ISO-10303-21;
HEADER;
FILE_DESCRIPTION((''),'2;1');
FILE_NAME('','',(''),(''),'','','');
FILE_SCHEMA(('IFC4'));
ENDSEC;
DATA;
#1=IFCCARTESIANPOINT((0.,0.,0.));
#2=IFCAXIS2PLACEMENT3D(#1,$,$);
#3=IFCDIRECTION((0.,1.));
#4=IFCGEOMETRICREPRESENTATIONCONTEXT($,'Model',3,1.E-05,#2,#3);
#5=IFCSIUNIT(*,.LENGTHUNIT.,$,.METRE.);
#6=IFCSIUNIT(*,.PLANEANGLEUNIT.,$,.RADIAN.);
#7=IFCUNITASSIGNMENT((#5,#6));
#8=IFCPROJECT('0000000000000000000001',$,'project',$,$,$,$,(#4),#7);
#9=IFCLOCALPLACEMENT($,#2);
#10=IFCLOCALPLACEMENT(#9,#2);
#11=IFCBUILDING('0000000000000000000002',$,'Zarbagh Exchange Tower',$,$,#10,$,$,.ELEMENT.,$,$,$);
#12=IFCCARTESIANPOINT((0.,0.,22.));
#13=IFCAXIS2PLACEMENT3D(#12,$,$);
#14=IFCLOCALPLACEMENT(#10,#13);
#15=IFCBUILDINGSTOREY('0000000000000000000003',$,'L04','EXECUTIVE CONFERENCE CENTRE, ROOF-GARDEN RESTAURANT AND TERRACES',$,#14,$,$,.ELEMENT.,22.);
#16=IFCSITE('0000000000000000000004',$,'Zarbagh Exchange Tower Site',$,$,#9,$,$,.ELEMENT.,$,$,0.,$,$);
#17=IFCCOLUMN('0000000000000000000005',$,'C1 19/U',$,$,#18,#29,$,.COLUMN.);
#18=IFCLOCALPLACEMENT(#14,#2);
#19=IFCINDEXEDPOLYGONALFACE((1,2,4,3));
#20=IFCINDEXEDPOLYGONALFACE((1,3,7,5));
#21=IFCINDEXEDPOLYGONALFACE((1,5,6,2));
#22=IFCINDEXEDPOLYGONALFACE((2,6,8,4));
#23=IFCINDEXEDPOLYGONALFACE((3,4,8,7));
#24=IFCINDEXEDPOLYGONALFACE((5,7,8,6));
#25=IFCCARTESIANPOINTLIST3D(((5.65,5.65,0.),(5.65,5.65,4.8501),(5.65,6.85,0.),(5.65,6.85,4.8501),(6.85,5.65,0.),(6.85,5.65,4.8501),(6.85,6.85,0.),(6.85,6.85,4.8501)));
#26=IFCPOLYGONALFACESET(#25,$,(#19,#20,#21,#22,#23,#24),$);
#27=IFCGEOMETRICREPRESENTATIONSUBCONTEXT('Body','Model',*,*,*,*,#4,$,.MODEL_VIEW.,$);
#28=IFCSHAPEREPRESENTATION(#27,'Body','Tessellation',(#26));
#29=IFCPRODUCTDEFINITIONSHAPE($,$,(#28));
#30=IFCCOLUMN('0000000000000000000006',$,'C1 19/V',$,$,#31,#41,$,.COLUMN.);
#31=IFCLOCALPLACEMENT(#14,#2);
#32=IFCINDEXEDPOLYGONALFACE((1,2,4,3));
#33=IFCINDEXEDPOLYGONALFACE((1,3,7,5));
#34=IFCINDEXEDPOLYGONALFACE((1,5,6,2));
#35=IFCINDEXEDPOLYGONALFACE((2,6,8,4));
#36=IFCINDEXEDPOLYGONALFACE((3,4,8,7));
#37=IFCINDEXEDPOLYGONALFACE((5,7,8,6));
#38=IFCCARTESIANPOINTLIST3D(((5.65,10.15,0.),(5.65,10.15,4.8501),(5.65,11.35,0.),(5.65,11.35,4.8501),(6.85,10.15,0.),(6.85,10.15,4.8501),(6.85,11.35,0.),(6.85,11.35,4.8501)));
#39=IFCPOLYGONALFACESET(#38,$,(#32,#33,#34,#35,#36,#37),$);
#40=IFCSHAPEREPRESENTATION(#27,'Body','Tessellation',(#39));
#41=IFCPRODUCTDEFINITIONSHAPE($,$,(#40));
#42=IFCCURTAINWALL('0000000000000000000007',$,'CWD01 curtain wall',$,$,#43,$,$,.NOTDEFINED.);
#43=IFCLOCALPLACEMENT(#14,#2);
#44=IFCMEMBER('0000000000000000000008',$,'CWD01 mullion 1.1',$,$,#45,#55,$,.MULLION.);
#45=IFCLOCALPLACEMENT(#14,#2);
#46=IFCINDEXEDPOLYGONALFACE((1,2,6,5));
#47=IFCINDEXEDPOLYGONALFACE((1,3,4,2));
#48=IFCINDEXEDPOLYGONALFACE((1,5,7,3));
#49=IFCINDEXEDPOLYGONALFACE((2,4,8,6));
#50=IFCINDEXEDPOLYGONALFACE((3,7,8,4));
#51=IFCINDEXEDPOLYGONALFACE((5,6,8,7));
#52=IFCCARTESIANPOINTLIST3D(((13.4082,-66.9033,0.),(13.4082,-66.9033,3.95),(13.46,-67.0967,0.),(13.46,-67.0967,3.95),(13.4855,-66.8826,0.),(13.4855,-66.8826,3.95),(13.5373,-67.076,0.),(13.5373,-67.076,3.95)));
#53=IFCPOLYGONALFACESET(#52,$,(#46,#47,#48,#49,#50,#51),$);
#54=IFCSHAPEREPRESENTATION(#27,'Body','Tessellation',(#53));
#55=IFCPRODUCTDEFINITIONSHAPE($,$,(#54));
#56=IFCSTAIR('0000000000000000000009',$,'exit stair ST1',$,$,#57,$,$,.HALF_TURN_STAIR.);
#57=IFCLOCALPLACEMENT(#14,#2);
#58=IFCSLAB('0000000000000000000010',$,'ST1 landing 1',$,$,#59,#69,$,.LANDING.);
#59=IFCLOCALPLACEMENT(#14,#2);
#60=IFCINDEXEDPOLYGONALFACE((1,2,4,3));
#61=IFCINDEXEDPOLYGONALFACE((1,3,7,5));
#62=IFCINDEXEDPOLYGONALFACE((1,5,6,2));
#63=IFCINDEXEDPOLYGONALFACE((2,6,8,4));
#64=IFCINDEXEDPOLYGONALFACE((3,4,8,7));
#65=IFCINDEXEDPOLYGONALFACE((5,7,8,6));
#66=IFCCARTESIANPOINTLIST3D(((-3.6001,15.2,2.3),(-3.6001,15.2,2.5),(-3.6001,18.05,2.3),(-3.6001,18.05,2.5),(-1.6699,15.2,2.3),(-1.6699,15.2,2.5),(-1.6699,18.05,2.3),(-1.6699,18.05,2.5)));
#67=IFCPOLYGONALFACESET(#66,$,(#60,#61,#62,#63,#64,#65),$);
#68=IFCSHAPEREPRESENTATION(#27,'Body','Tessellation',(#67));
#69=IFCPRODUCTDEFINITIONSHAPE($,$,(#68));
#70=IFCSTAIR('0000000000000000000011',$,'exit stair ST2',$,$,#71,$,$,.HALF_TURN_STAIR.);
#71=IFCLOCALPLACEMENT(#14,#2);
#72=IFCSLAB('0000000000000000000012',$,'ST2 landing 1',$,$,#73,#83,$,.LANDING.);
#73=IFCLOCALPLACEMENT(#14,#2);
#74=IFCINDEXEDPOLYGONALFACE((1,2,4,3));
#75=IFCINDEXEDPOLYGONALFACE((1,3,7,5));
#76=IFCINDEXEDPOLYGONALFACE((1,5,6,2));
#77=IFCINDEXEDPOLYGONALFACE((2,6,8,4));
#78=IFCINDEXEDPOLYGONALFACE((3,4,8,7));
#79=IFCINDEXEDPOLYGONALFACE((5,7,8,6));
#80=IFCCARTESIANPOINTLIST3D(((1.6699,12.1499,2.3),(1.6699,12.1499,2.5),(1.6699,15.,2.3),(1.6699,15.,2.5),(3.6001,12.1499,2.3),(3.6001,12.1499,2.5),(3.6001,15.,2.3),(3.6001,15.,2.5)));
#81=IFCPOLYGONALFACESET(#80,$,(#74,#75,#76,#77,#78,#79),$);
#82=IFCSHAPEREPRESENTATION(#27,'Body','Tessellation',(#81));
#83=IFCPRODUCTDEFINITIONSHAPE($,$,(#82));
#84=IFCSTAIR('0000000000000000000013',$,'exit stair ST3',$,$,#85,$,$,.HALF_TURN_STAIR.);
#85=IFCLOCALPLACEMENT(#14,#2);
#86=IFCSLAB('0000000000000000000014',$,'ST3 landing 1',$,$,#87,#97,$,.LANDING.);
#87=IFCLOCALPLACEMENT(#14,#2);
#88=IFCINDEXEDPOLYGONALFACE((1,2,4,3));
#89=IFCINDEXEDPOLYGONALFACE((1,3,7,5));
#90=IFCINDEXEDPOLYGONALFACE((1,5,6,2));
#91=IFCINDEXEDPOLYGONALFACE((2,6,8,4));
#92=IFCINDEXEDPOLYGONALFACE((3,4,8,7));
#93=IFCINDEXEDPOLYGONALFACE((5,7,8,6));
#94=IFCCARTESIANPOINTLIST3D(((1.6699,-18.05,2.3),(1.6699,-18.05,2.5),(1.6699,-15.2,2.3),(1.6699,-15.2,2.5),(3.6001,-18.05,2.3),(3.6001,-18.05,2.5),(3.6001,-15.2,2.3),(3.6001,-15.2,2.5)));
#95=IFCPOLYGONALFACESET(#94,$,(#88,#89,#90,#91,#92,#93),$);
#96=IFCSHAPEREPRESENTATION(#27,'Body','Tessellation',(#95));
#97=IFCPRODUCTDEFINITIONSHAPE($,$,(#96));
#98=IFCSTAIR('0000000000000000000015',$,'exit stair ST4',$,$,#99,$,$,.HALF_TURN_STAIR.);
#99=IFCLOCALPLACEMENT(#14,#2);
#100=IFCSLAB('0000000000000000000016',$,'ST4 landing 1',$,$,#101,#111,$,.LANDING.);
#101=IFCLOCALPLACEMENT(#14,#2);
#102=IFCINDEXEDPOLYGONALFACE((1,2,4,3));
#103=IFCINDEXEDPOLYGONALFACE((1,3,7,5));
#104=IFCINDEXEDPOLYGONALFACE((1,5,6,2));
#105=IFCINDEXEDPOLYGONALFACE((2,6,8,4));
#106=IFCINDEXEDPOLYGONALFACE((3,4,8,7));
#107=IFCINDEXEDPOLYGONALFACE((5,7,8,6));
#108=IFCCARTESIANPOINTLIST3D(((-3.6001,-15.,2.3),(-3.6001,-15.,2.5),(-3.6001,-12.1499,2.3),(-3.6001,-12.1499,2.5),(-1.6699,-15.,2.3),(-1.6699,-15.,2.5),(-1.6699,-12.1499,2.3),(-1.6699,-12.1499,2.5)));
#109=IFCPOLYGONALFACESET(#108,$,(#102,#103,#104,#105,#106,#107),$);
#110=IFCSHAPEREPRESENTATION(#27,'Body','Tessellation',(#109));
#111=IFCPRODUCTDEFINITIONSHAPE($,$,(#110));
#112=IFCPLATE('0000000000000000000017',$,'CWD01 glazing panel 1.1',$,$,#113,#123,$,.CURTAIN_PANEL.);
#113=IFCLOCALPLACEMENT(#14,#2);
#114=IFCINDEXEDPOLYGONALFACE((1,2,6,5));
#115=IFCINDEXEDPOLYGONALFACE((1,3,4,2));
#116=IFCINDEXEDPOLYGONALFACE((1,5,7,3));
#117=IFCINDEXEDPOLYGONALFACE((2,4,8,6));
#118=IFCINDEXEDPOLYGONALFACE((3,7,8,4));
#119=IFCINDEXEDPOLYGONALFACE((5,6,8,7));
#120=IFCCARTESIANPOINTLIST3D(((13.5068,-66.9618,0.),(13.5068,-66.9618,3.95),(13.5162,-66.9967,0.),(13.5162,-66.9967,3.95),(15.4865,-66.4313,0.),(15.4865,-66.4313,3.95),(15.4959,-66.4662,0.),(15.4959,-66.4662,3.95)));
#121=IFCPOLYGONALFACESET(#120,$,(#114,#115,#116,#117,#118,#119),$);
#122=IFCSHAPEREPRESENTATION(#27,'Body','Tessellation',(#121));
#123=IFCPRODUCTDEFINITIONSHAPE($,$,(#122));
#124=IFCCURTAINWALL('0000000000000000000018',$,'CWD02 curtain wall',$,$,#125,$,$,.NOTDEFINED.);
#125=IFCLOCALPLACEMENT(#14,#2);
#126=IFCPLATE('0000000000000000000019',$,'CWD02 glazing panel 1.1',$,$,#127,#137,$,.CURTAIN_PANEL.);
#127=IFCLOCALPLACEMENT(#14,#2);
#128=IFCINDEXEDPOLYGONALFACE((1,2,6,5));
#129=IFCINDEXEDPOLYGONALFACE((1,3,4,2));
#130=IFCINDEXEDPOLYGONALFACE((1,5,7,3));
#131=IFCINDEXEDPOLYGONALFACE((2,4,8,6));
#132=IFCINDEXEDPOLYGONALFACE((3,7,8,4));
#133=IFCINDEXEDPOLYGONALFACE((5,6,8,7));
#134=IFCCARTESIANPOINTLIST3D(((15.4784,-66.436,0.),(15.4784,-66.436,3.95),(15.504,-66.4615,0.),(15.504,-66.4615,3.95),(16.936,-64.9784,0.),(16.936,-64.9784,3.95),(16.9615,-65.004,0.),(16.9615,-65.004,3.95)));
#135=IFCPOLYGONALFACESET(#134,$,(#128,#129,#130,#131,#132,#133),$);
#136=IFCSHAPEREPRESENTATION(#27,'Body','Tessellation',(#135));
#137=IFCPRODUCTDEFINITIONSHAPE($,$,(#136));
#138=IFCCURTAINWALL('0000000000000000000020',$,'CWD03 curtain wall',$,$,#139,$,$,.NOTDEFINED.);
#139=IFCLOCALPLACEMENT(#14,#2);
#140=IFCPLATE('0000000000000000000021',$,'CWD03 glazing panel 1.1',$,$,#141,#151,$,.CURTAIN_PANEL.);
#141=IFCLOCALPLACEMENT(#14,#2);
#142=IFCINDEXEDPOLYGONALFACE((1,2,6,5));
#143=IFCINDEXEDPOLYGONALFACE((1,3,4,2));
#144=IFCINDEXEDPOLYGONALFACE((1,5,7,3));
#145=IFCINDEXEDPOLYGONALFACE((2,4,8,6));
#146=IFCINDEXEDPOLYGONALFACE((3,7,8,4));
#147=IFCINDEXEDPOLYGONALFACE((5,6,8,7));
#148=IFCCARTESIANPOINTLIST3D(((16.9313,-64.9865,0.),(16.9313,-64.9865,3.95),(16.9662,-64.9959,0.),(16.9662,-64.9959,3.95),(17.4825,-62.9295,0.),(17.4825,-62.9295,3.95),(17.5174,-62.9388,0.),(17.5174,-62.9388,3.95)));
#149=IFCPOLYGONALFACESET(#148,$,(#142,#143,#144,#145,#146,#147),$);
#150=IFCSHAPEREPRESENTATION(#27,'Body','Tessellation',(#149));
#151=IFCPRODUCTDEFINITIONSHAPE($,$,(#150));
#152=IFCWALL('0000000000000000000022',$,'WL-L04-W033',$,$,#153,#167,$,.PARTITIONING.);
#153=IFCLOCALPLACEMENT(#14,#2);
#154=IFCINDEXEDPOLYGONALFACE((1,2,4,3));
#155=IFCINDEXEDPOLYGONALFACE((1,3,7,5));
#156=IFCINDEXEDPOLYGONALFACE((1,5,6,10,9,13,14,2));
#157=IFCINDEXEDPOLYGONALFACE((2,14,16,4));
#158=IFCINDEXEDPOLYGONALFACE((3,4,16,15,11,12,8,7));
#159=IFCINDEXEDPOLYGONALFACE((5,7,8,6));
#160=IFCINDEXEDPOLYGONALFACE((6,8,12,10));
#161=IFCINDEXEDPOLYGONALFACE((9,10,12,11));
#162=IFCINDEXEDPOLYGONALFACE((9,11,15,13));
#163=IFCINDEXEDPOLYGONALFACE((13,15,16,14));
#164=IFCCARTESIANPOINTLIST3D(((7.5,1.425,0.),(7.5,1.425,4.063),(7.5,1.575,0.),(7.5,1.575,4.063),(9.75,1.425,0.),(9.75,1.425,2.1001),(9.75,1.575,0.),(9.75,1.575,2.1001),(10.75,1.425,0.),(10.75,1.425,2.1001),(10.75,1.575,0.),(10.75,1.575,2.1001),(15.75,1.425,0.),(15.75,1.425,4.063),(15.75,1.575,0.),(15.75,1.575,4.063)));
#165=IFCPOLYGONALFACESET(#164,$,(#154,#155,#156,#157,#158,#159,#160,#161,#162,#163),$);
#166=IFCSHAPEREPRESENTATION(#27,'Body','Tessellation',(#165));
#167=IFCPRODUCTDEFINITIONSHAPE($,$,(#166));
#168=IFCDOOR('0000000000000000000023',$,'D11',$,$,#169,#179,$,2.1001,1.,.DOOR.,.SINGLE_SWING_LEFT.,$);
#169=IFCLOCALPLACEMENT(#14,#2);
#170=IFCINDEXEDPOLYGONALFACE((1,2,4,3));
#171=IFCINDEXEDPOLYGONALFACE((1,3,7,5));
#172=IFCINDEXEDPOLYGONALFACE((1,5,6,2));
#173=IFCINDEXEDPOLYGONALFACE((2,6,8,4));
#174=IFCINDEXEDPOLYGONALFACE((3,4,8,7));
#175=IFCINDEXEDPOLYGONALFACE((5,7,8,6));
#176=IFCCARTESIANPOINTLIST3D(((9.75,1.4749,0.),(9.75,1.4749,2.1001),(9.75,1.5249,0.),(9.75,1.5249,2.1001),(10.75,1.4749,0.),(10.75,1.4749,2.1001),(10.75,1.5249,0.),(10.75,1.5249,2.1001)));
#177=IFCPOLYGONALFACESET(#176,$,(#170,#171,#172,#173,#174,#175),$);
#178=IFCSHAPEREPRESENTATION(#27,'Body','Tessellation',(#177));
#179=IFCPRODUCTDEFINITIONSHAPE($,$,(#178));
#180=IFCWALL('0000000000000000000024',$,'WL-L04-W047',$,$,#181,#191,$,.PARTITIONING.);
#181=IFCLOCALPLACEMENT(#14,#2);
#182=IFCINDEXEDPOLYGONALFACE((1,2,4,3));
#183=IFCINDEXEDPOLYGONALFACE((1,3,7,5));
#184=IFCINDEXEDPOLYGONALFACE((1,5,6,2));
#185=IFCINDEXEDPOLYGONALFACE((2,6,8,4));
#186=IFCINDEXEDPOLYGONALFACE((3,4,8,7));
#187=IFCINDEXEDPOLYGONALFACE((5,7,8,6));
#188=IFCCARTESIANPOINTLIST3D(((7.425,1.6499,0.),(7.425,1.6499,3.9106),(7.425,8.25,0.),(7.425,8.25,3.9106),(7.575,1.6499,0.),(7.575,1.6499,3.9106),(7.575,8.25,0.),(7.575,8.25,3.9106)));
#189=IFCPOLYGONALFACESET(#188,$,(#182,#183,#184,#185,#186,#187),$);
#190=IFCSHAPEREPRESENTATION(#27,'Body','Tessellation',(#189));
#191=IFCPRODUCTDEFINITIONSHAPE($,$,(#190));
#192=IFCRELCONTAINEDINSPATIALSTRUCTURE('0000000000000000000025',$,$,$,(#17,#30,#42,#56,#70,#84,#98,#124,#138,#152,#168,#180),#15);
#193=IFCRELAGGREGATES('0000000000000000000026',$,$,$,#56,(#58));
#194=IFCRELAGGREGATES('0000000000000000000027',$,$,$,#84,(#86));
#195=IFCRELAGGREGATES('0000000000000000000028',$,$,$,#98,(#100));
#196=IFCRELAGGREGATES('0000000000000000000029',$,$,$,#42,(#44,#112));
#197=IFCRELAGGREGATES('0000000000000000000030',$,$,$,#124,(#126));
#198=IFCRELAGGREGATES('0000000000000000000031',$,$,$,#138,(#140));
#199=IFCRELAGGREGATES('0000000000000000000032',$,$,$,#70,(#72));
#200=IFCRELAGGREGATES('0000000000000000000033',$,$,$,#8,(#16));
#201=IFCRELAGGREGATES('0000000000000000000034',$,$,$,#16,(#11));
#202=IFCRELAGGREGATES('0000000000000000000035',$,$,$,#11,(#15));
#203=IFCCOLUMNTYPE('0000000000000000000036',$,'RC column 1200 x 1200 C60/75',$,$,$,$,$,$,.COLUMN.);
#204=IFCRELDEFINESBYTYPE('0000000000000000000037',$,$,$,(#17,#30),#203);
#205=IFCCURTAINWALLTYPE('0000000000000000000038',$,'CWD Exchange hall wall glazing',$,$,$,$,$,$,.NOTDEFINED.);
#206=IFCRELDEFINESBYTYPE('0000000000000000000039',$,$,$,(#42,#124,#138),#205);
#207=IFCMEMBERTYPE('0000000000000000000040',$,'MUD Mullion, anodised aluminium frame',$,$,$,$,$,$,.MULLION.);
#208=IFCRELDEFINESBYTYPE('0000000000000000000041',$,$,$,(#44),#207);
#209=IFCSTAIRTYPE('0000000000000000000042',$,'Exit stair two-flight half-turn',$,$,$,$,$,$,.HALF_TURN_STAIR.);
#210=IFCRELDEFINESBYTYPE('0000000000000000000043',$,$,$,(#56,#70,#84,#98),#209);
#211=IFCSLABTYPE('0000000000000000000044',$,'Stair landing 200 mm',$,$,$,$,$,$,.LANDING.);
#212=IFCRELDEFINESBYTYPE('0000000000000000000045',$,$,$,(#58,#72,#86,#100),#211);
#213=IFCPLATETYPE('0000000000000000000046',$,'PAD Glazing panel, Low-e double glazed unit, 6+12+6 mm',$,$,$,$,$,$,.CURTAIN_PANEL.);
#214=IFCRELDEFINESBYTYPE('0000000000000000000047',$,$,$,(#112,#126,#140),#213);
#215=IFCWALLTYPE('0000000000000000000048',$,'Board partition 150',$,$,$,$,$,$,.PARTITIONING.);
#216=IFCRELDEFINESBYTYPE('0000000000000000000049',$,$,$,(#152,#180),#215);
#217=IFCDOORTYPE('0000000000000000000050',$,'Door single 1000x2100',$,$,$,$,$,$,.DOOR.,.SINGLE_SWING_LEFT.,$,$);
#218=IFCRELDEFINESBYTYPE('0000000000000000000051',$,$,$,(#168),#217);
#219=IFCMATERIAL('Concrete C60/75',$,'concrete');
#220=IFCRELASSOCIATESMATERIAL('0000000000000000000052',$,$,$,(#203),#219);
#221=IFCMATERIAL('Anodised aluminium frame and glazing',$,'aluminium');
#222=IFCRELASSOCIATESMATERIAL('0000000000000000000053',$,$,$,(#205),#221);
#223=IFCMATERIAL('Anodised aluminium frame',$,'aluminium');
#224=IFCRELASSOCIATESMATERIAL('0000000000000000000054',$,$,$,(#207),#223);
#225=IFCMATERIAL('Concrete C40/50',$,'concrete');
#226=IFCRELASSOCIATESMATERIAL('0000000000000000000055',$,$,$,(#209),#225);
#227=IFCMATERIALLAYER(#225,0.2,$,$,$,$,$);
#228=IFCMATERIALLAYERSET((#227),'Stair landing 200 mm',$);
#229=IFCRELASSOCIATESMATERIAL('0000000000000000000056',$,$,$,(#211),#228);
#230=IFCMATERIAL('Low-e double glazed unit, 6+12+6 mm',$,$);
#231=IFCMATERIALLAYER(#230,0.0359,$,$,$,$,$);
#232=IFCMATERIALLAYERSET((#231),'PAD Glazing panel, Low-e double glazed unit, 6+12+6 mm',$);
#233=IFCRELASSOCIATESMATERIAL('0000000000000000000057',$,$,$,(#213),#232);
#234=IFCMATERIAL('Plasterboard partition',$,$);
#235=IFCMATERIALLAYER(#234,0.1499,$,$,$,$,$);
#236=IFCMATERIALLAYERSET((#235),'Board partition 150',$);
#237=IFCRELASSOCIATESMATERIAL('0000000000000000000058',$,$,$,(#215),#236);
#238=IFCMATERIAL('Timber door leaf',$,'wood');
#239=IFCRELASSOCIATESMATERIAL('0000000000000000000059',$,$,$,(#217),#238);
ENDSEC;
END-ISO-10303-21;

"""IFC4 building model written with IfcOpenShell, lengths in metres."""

from ifc_helpers import new_model, si_unit, direction, frame, frame_2d, origin, origin_2d, place, context, subcontext, project, spatial, polyline, rectangle, outline, extrude, source, transform, mapped, material, layer, layer_set, material_profile, profile_set, type_object, element, fill, aggregate, save


model = new_model("IFC4")

# Units and contexts
model_context = context("Model", 3, precision=1e-05, world=origin(), true_north=direction((0.0, 1.0)))
body_context = subcontext(model_context, "Body", "Model", "MODEL_VIEW")
ifc_project = project(units=[si_unit("LENGTHUNIT", "METRE"), si_unit("PLANEANGLEUNIT", "RADIAN")], contexts=[model_context])

# Site, building, storey
site_placement = place(None, origin())
site = spatial("IfcSite", under=ifc_project, at=site_placement, Name="Zarbagh Exchange Tower Site", CompositionType="ELEMENT", RefElevation=0.0)
building_placement = place(site_placement, origin())
building = spatial("IfcBuilding", under=site, at=building_placement, Name="Zarbagh Exchange Tower", CompositionType="ELEMENT")
storey_placement = place(building_placement, frame((0.0, 0.0, 22.0)))
storey = spatial("IfcBuildingStorey", under=building, at=storey_placement, Name="L04", Description="EXECUTIVE CONFERENCE CENTRE, ROOF-GARDEN RESTAURANT AND TERRACES", CompositionType="ELEMENT", Elevation=22.0)

# Columns
ifc_material_1 = material(Name="Concrete C60/75", Category="concrete")
ifc_material_profile = material_profile(ifc_material_1, rectangle(XDim=1.2, YDim=1.2, at=origin_2d()), Name="RC column 1200 x 1200 C60/75")
ifc_profile_set = profile_set([ifc_material_profile], Name="Concrete C60/75")
column_type = type_object("IfcColumnType", Name="RC column 1200 x 1200 C60/75", PredefinedType="COLUMN", material=ifc_profile_set)
for number, where, z_axis, x_axis, name in (
    (1, (6.25, 6.25, 0.0), (0.0, 0.0, 1.0), (1.0, 0.0, 0.0), "C1 19/U"),
    (2, (6.25, 10.75, 0.0), (0.0, 0.0, 1.0), (1.0, 0.0, 0.0), "C1 19/V"),
):
    element("IfcColumn", number, at=place(storey_placement, frame(where, z_axis=z_axis, x_axis=x_axis)), inside=storey, type_object=column_type, Name=name, PredefinedType="COLUMN", context=body_context, shape_type="SweptSolid", body=[
        extrude(rectangle(XDim=1.2, YDim=1.2, at=origin_2d()), origin(), (0.0, 0.0, 1.0), 4.8501),
    ])

# Curtain wall, member
ifc_material_2 = material(Name="Anodised aluminium frame and glazing", Category="aluminium")
curtain_wall_type = type_object("IfcCurtainWallType", Name="CWD Exchange hall wall glazing", PredefinedType="NOTDEFINED", material=ifc_material_2)
curtain_wall_1_placement = place(storey_placement, origin())
curtain_wall_1 = element("IfcCurtainWall", 3, at=curtain_wall_1_placement, inside=storey, type_object=curtain_wall_type, Name="CWD01 curtain wall", PredefinedType="NOTDEFINED")
ifc_material_3 = material(Name="Anodised aluminium frame", Category="aluminium")
member_type = type_object("IfcMemberType", Name="MUD Mullion, anodised aluminium frame", PredefinedType="MULLION", material=ifc_material_3)
shared_shape_1 = source(origin(), body_context, "Body", "SweptSolid", [
    extrude(outline(polyline([(0.0, -0.1001), (0.0801, -0.1001), (0.0801, 0.1001), (0.0, 0.1001), (0.0, -0.1001)])), origin(), (0.0, 0.0, 1.0), 3.95),
])
placement = place(storey_placement, origin())
member = element("IfcMember", 4, at=placement, type_object=member_type, Name="CWD01 mullion 1.1", PredefinedType="MULLION", context=body_context, shape_type="MappedRepresentation", body=[
    mapped(shared_shape_1, transform((13.4341, -67.0, 0.0), x_axis=(0.965924, 0.258825, 0.0), y_axis=(-0.258825, 0.965924, 0.0), z_axis=(0.0, 0.0, 1.0))),
])

# Stairs, slabs
ifc_material_4 = material(Name="Concrete C40/50", Category="concrete")
stair_type = type_object("IfcStairType", Name="Exit stair two-flight half-turn", PredefinedType="HALF_TURN_STAIR", material=ifc_material_4)
stair_1_placement = place(storey_placement, origin())
stair_1 = element("IfcStair", 5, at=stair_1_placement, inside=storey, type_object=stair_type, Name="exit stair ST1", PredefinedType="HALF_TURN_STAIR")
ifc_layer_1 = layer(ifc_material_4, 0.2)
ifc_layer_set_1 = layer_set([ifc_layer_1], Name="Stair landing 200 mm")
slab_type = type_object("IfcSlabType", Name="Stair landing 200 mm", PredefinedType="LANDING", material=ifc_layer_set_1)
slab_1_placement = place(storey_placement, frame((0.0, 0.0, 2.3)))
slab_1 = element("IfcSlab", 6, at=slab_1_placement, type_object=slab_type, Name="ST1 landing 1", PredefinedType="LANDING", context=body_context, shape_type="SweptSolid", body=[
    extrude(outline(polyline([(-1.6699, 18.05), (-3.6001, 18.05), (-3.6001, 15.2), (-1.6699, 15.2), (-1.6699, 18.05)])), origin(), (0.0, 0.0, 1.0), 0.2),
])
aggregate(stair_1, [slab_1])
stair_2_placement = place(storey_placement, origin())
stair_2 = element("IfcStair", 7, at=stair_2_placement, inside=storey, type_object=stair_type, Name="exit stair ST2", PredefinedType="HALF_TURN_STAIR")
slab_2_placement = place(storey_placement, frame((0.0, 0.0, 2.3)))
slab_2 = element("IfcSlab", 8, at=slab_2_placement, type_object=slab_type, Name="ST2 landing 1", PredefinedType="LANDING", context=body_context, shape_type="SweptSolid", body=[
    extrude(outline(polyline([(1.6699, 12.1499), (3.6001, 12.1499), (3.6001, 15.0), (1.6699, 15.0), (1.6699, 12.1499)])), origin(), (0.0, 0.0, 1.0), 0.2),
])
stair_3_placement = place(storey_placement, origin())
stair_3 = element("IfcStair", 9, at=stair_3_placement, inside=storey, type_object=stair_type, Name="exit stair ST3", PredefinedType="HALF_TURN_STAIR")
slab_3_placement = place(storey_placement, frame((0.0, 0.0, 2.3)))
slab_3 = element("IfcSlab", 10, at=slab_3_placement, type_object=slab_type, Name="ST3 landing 1", PredefinedType="LANDING", context=body_context, shape_type="SweptSolid", body=[
    extrude(outline(polyline([(1.6699, -18.05), (3.6001, -18.05), (3.6001, -15.2), (1.6699, -15.2), (1.6699, -18.05)])), origin(), (0.0, 0.0, 1.0), 0.2),
])
aggregate(stair_3, [slab_3])
stair_4_placement = place(storey_placement, origin())
stair_4 = element("IfcStair", 11, at=stair_4_placement, inside=storey, type_object=stair_type, Name="exit stair ST4", PredefinedType="HALF_TURN_STAIR")
slab_4_placement = place(storey_placement, frame((0.0, 0.0, 2.3)))
slab_4 = element("IfcSlab", 12, at=slab_4_placement, type_object=slab_type, Name="ST4 landing 1", PredefinedType="LANDING", context=body_context, shape_type="SweptSolid", body=[
    extrude(outline(polyline([(-1.6699, -12.1499), (-3.6001, -12.1499), (-3.6001, -15.0), (-1.6699, -15.0), (-1.6699, -12.1499)])), origin(), (0.0, 0.0, 1.0), 0.2),
])
aggregate(stair_4, [slab_4])

# Plate
ifc_material_5 = material(Name="Low-e double glazed unit, 6+12+6 mm")
ifc_layer_2 = layer(ifc_material_5, 0.0359)
ifc_layer_set_2 = layer_set([ifc_layer_2], Name="PAD Glazing panel, Low-e double glazed unit, 6+12+6 mm")
plate_type = type_object("IfcPlateType", Name="PAD Glazing panel, Low-e double glazed unit, 6+12+6 mm", PredefinedType="CURTAIN_PANEL", material=ifc_layer_set_2)
shared_shape_2 = source(origin(), body_context, "Body", "SweptSolid", [
    extrude(outline(polyline([(0.0, -0.0181), (2.0496, -0.0181), (2.0496, 0.0181), (0.0, 0.0181), (0.0, -0.0181)])), origin(), (0.0, 0.0, 1.0), 3.95),
])
plate_1 = element("IfcPlate", 13, at=placement, type_object=plate_type, Name="CWD01 glazing panel 1.1", PredefinedType="CURTAIN_PANEL", context=body_context, shape_type="MappedRepresentation", body=[
    mapped(shared_shape_2, transform((13.5115, -66.9792, 0.0), x_axis=(0.965924, 0.258825, 0.0), y_axis=(-0.258825, 0.965924, 0.0), z_axis=(0.0, 0.0, 1.0))),
])
aggregate(curtain_wall_1, [member, plate_1])

# Curtain walls, plates
curtain_wall_2_placement = place(storey_placement, origin())
curtain_wall_2 = element("IfcCurtainWall", 14, at=curtain_wall_2_placement, inside=storey, type_object=curtain_wall_type, Name="CWD02 curtain wall", PredefinedType="NOTDEFINED")
shared_shape_3 = source(origin(), body_context, "Body", "SweptSolid", [
    extrude(outline(polyline([(0.0, -0.0181), (2.0613, -0.0181), (2.0613, 0.0181), (0.0, 0.0181), (0.0, -0.0181)])), origin(), (0.0, 0.0, 1.0), 3.95),
])
plate_2 = element("IfcPlate", 15, at=placement, type_object=plate_type, Name="CWD02 glazing panel 1.1", PredefinedType="CURTAIN_PANEL", context=body_context, shape_type="MappedRepresentation", body=[
    mapped(shared_shape_3, transform((15.4912, -66.4487, 0.0), x_axis=(0.707107, 0.707107, 0.0), y_axis=(-0.707107, 0.707107, 0.0), z_axis=(0.0, 0.0, 1.0))),
])
aggregate(curtain_wall_2, [plate_2])
curtain_wall_3_placement = place(storey_placement, origin())
curtain_wall_3 = element("IfcCurtainWall", 16, at=curtain_wall_3_placement, inside=storey, type_object=curtain_wall_type, Name="CWD03 curtain wall", PredefinedType="NOTDEFINED")
shared_shape_4 = source(origin(), body_context, "Body", "SweptSolid", [
    extrude(outline(polyline([(0.0, -0.0181), (2.1296, -0.0181), (2.1296, 0.0181), (0.0, 0.0181), (0.0, -0.0181)])), origin(), (0.0, 0.0, 1.0), 3.95),
])
plate_3 = element("IfcPlate", 17, at=placement, type_object=plate_type, Name="CWD03 glazing panel 1.1", PredefinedType="CURTAIN_PANEL", context=body_context, shape_type="MappedRepresentation", body=[
    mapped(shared_shape_4, transform((16.9487, -64.9912, 0.0), x_axis=(0.258825, 0.965924, 0.0), y_axis=(-0.965924, 0.258825, 0.0), z_axis=(0.0, 0.0, 1.0))),
])
aggregate(curtain_wall_3, [plate_3])

# Wall, opening, door
ifc_material_6 = material(Name="Plasterboard partition")
ifc_layer_3 = layer(ifc_material_6, 0.1499)
ifc_layer_set_3 = layer_set([ifc_layer_3], Name="Board partition 150")
wall_type_1 = type_object("IfcWallType", Name="Board partition 150", PredefinedType="PARTITIONING", material=ifc_layer_set_3)
wall_1_placement = place(storey_placement, frame((7.5, 1.5, 0.0), z_axis=(0.0, 0.0, 1.0), x_axis=(1.0, 0.0, 0.0)))
wall_1 = element("IfcWall", 18, at=wall_1_placement, inside=storey, type_object=wall_type_1, Name="WL-L04-W033", PredefinedType="PARTITIONING", context=body_context, shape_type="SweptSolid", body=[
    extrude(rectangle(XDim=8.25, YDim=0.1499, at=frame_2d((4.125, 0.0))), origin(), (0.0, 0.0, 1.0), 4.063),
])
opening_1_placement = place(wall_1_placement, frame((2.25, 0.0, 0.0)))
opening_1 = element("IfcOpeningElement", 19, at=opening_1_placement, cuts=wall_1, PredefinedType="OPENING", context=body_context, shape_type="SweptSolid", body=[
    extrude(rectangle(XDim=1.0, YDim=2.1001, at=frame_2d((0.5, 1.05))), frame((0.0, 0.085, 0.0), z_axis=(0.0, -1.0, 0.0), x_axis=(1.0, 0.0, 0.0)), (0.0, 0.0, 1.0), 0.1699),
])
ifc_material_7 = material(Name="Timber door leaf", Category="wood")
door_type_1 = type_object("IfcDoorType", Name="Door single 1000x2100", OperationType="SINGLE_SWING_LEFT", PredefinedType="DOOR", material=ifc_material_7)
door_1_placement = place(opening_1_placement, origin())
door_1 = element("IfcDoor", 20, at=door_1_placement, inside=storey, type_object=door_type_1, Name="D11", OperationType="SINGLE_SWING_LEFT", OverallHeight=2.1001, OverallWidth=1.0, PredefinedType="DOOR", context=body_context, shape_type="SweptSolid", body=[
    extrude(rectangle(XDim=1.0, YDim=2.1001, at=frame_2d((0.5, 1.05))), frame((0.0, 0.0249, 0.0), z_axis=(0.0, -1.0, 0.0), x_axis=(1.0, 0.0, 0.0)), (0.0, 0.0, 1.0), 0.05),
])
fill(opening_1, door_1)

# Wall
wall_2_placement = place(storey_placement, frame((7.5, 1.6499, 0.0), z_axis=(0.0, 0.0, 1.0), x_axis=(0.0, 1.0, 0.0)))
element("IfcWall", 21, at=wall_2_placement, inside=storey, type_object=wall_type_1, Name="WL-L04-W047", PredefinedType="PARTITIONING", context=body_context, shape_type="SweptSolid", body=[
    extrude(rectangle(XDim=6.6001, YDim=0.1499, at=frame_2d((3.3, 0.0))), origin(), (0.0, 0.0, 1.0), 3.9106),
])

aggregate(stair_2, [slab_2])

save(model, "model.ifc")
